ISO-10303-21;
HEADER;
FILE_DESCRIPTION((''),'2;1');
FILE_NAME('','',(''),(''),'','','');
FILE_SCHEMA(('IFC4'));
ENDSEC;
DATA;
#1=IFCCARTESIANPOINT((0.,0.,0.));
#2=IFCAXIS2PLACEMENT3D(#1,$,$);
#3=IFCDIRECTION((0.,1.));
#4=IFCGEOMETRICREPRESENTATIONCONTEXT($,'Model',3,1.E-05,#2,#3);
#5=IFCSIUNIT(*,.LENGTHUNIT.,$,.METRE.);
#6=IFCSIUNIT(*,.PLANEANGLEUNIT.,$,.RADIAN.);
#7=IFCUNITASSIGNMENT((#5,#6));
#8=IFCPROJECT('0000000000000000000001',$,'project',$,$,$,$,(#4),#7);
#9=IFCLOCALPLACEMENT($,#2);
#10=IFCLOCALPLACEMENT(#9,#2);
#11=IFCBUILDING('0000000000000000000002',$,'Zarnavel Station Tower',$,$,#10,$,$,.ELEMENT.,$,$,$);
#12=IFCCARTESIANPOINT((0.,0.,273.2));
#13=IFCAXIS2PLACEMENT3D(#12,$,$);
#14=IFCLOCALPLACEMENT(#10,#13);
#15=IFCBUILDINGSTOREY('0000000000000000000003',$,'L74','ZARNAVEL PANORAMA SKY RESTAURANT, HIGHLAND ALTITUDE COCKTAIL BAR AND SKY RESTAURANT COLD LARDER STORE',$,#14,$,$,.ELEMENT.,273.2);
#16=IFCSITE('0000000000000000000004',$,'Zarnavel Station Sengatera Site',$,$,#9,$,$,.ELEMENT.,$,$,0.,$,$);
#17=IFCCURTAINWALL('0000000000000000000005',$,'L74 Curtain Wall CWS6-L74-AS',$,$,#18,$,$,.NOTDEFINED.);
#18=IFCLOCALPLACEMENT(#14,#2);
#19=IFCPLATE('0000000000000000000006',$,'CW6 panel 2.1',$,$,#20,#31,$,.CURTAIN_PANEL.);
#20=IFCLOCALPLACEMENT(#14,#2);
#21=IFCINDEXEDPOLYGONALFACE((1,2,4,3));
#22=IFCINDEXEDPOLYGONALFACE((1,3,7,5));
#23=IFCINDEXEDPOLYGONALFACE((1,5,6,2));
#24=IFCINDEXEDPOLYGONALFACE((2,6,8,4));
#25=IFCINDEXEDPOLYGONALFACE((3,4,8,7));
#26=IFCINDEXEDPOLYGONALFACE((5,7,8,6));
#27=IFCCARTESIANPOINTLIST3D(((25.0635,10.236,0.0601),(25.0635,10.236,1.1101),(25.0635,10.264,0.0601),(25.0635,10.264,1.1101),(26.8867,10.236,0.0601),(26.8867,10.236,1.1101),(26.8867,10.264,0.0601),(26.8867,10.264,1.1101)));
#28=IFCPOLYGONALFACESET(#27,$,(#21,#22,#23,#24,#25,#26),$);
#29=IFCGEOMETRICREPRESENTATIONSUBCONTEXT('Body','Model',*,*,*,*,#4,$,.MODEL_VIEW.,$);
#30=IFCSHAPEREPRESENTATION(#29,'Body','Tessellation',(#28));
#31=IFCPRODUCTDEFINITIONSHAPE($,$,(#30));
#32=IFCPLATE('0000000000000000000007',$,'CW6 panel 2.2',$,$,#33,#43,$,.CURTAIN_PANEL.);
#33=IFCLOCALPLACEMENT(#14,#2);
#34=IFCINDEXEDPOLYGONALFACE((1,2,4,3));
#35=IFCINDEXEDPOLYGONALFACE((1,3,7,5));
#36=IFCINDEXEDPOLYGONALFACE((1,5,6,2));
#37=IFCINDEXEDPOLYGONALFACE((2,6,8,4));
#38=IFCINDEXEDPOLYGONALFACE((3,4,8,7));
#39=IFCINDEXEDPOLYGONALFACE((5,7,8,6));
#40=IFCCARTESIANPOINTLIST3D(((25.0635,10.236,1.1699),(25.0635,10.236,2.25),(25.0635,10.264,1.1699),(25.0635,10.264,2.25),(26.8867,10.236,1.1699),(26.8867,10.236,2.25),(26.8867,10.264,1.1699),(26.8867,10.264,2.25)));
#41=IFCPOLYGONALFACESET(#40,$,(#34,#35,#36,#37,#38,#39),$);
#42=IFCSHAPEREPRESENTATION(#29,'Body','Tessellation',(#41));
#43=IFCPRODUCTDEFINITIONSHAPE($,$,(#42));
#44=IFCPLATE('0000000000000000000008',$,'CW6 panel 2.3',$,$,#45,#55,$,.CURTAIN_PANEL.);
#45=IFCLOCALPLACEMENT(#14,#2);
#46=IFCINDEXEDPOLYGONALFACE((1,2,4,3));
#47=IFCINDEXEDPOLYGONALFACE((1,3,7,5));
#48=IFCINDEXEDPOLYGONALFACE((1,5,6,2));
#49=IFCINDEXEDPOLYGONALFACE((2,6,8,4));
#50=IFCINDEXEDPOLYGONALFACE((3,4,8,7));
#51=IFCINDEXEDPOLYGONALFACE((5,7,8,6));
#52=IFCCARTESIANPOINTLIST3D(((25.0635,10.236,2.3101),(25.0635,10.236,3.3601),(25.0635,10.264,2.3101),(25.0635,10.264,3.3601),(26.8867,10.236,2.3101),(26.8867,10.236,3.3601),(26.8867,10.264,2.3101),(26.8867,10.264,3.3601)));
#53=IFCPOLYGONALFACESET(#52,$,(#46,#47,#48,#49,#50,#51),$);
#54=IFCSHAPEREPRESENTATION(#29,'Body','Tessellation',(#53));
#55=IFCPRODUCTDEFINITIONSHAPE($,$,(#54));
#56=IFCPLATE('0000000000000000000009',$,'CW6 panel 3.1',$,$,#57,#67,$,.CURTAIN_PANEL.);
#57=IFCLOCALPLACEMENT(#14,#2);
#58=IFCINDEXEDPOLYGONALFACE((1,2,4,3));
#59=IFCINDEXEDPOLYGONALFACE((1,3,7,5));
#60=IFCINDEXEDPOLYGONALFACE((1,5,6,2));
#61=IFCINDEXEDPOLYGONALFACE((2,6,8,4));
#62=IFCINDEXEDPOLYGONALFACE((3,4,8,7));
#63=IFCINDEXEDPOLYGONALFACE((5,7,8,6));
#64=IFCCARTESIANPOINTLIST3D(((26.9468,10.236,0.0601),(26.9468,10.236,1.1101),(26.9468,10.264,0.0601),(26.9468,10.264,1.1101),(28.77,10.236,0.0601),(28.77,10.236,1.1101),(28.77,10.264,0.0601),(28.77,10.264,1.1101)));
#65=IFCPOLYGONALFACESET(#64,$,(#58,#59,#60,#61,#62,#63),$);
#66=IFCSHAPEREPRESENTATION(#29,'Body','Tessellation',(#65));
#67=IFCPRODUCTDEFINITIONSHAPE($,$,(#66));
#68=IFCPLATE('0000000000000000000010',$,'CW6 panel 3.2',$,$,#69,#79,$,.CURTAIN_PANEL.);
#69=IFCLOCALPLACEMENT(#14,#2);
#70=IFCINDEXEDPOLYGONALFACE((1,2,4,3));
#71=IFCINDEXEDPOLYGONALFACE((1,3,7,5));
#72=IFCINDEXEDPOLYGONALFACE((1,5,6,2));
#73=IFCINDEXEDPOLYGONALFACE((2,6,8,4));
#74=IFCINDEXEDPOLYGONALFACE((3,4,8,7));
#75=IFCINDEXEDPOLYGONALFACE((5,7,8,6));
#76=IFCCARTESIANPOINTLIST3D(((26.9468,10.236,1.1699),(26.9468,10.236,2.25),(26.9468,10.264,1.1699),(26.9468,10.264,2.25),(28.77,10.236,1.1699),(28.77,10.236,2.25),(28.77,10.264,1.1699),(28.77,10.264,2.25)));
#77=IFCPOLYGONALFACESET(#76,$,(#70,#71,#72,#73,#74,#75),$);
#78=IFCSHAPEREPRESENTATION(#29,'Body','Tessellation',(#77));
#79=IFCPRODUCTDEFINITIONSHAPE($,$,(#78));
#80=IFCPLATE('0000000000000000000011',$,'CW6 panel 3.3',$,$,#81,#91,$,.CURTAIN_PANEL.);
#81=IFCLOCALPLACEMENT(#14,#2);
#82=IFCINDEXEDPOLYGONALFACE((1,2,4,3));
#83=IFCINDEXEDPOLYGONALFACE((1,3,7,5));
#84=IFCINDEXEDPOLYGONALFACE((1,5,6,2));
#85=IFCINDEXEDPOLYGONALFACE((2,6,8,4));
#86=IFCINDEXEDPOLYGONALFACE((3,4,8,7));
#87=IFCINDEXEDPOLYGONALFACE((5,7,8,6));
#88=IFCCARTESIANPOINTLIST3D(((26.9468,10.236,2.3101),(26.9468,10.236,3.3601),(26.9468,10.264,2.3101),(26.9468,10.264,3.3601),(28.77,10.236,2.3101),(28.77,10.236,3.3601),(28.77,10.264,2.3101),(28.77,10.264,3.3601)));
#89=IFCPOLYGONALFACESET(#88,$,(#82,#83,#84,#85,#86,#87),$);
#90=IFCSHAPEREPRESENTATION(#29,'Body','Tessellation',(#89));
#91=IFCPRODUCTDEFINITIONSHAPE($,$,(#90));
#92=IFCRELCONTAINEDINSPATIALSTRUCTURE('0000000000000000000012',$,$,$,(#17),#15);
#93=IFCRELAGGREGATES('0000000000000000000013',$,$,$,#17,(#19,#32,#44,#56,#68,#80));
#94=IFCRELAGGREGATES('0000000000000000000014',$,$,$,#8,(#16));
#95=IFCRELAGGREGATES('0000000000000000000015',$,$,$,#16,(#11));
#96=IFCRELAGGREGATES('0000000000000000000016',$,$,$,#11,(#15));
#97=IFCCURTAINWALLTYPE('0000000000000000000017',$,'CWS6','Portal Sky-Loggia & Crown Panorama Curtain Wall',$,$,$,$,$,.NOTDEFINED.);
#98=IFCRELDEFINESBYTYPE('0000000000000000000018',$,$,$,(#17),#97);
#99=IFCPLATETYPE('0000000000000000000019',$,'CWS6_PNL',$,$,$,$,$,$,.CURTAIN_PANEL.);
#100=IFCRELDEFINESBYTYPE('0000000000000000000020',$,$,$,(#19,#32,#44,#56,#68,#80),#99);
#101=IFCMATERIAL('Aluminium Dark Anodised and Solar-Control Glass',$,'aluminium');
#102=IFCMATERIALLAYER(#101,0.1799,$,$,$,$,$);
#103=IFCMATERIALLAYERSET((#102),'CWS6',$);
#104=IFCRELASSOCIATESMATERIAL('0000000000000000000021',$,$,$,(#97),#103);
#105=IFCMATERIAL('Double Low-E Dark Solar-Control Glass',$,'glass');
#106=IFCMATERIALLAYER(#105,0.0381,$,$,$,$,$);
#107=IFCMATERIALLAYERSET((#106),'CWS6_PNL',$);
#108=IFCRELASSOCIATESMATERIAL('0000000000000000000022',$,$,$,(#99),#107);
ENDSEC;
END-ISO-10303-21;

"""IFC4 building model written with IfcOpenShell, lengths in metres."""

from ifc_helpers import new_model, si_unit, direction, frame, origin, origin_2d, place, context, subcontext, project, spatial, rectangle, extrude, material, layer, layer_set, type_object, element, aggregate, save


model = new_model("IFC4")

# Units and contexts
model_context = context("Model", 3, precision=1e-05, world=origin(), true_north=direction((0.0, 1.0)))
body_context = subcontext(model_context, "Body", "Model", "MODEL_VIEW")
ifc_project = project(units=[si_unit("LENGTHUNIT", "METRE"), si_unit("PLANEANGLEUNIT", "RADIAN")], contexts=[model_context])

# Site, building, storey
site_placement = place(None, origin())
site = spatial("IfcSite", under=ifc_project, at=site_placement, Name="Zarnavel Station Sengatera Site", CompositionType="ELEMENT", RefElevation=0.0)
building_placement = place(site_placement, origin())
building = spatial("IfcBuilding", under=site, at=building_placement, Name="Zarnavel Station Tower", CompositionType="ELEMENT")
storey_placement = place(building_placement, frame((0.0, 0.0, 273.2)))
storey = spatial("IfcBuildingStorey", under=building, at=storey_placement, Name="L74", Description="ZARNAVEL PANORAMA SKY RESTAURANT, HIGHLAND ALTITUDE COCKTAIL BAR AND SKY RESTAURANT COLD LARDER STORE", CompositionType="ELEMENT", Elevation=273.2)

# Curtain wall
ifc_material_1 = material(Name="Aluminium Dark Anodised and Solar-Control Glass", Category="aluminium")
ifc_layer_1 = layer(ifc_material_1, 0.1799)
ifc_layer_set_1 = layer_set([ifc_layer_1], Name="CWS6")
curtain_wall_type = type_object("IfcCurtainWallType", Name="CWS6", Description="Portal Sky-Loggia & Crown Panorama Curtain Wall", PredefinedType="NOTDEFINED", material=ifc_layer_set_1)
curtain_wall_placement = place(storey_placement, origin())
curtain_wall = element("IfcCurtainWall", 1, at=curtain_wall_placement, inside=storey, type_object=curtain_wall_type, Name="L74 Curtain Wall CWS6-L74-AS", PredefinedType="NOTDEFINED")

# Plates
ifc_material_2 = material(Name="Double Low-E Dark Solar-Control Glass", Category="glass")
ifc_layer_2 = layer(ifc_material_2, 0.0381)
ifc_layer_set_2 = layer_set([ifc_layer_2], Name="CWS6_PNL")
plate_type = type_object("IfcPlateType", Name="CWS6_PNL", PredefinedType="CURTAIN_PANEL", material=ifc_layer_set_2)
plate_1_placement = place(storey_placement, frame((25.9751, 10.25, 0.0601), z_axis=(0.0, 0.0, 1.0), x_axis=(1.0, 0.0, 0.0)))
plate_1 = element("IfcPlate", 2, at=plate_1_placement, type_object=plate_type, Name="CW6 panel 2.1", PredefinedType="CURTAIN_PANEL", context=body_context, shape_type="SweptSolid", body=[
    extrude(rectangle(XDim=1.8232, YDim=0.0281, at=origin_2d()), origin(), (0.0, 0.0, 1.0), 1.05),
])
plate_2_placement = place(storey_placement, frame((25.9751, 10.25, 1.1699), z_axis=(0.0, 0.0, 1.0), x_axis=(1.0, 0.0, 0.0)))
plate_2 = element("IfcPlate", 3, at=plate_2_placement, type_object=plate_type, Name="CW6 panel 2.2", PredefinedType="CURTAIN_PANEL", context=body_context, shape_type="SweptSolid", body=[
    extrude(rectangle(XDim=1.8232, YDim=0.0281, at=origin_2d()), origin(), (0.0, 0.0, 1.0), 1.0801),
])
plate_3_placement = place(storey_placement, frame((25.9751, 10.25, 2.3101), z_axis=(0.0, 0.0, 1.0), x_axis=(1.0, 0.0, 0.0)))
plate_3 = element("IfcPlate", 4, at=plate_3_placement, type_object=plate_type, Name="CW6 panel 2.3", PredefinedType="CURTAIN_PANEL", context=body_context, shape_type="SweptSolid", body=[
    extrude(rectangle(XDim=1.8232, YDim=0.0281, at=origin_2d()), origin(), (0.0, 0.0, 1.0), 1.05),
])
plate_4_placement = place(storey_placement, frame((27.8584, 10.25, 0.0601), z_axis=(0.0, 0.0, 1.0), x_axis=(1.0, 0.0, 0.0)))
plate_4 = element("IfcPlate", 5, at=plate_4_placement, type_object=plate_type, Name="CW6 panel 3.1", PredefinedType="CURTAIN_PANEL", context=body_context, shape_type="SweptSolid", body=[
    extrude(rectangle(XDim=1.8232, YDim=0.0281, at=origin_2d()), origin(), (0.0, 0.0, 1.0), 1.05),
])
plate_5_placement = place(storey_placement, frame((27.8584, 10.25, 1.1699), z_axis=(0.0, 0.0, 1.0), x_axis=(1.0, 0.0, 0.0)))
plate_5 = element("IfcPlate", 6, at=plate_5_placement, type_object=plate_type, Name="CW6 panel 3.2", PredefinedType="CURTAIN_PANEL", context=body_context, shape_type="SweptSolid", body=[
    extrude(rectangle(XDim=1.8232, YDim=0.0281, at=origin_2d()), origin(), (0.0, 0.0, 1.0), 1.0801),
])
plate_6_placement = place(storey_placement, frame((27.8584, 10.25, 2.3101), z_axis=(0.0, 0.0, 1.0), x_axis=(1.0, 0.0, 0.0)))
plate_6 = element("IfcPlate", 7, at=plate_6_placement, type_object=plate_type, Name="CW6 panel 3.3", PredefinedType="CURTAIN_PANEL", context=body_context, shape_type="SweptSolid", body=[
    extrude(rectangle(XDim=1.8232, YDim=0.0281, at=origin_2d()), origin(), (0.0, 0.0, 1.0), 1.05),
])
aggregate(curtain_wall, [plate_1, plate_2, plate_3, plate_4, plate_5, plate_6])

save(model, "model.ifc")
